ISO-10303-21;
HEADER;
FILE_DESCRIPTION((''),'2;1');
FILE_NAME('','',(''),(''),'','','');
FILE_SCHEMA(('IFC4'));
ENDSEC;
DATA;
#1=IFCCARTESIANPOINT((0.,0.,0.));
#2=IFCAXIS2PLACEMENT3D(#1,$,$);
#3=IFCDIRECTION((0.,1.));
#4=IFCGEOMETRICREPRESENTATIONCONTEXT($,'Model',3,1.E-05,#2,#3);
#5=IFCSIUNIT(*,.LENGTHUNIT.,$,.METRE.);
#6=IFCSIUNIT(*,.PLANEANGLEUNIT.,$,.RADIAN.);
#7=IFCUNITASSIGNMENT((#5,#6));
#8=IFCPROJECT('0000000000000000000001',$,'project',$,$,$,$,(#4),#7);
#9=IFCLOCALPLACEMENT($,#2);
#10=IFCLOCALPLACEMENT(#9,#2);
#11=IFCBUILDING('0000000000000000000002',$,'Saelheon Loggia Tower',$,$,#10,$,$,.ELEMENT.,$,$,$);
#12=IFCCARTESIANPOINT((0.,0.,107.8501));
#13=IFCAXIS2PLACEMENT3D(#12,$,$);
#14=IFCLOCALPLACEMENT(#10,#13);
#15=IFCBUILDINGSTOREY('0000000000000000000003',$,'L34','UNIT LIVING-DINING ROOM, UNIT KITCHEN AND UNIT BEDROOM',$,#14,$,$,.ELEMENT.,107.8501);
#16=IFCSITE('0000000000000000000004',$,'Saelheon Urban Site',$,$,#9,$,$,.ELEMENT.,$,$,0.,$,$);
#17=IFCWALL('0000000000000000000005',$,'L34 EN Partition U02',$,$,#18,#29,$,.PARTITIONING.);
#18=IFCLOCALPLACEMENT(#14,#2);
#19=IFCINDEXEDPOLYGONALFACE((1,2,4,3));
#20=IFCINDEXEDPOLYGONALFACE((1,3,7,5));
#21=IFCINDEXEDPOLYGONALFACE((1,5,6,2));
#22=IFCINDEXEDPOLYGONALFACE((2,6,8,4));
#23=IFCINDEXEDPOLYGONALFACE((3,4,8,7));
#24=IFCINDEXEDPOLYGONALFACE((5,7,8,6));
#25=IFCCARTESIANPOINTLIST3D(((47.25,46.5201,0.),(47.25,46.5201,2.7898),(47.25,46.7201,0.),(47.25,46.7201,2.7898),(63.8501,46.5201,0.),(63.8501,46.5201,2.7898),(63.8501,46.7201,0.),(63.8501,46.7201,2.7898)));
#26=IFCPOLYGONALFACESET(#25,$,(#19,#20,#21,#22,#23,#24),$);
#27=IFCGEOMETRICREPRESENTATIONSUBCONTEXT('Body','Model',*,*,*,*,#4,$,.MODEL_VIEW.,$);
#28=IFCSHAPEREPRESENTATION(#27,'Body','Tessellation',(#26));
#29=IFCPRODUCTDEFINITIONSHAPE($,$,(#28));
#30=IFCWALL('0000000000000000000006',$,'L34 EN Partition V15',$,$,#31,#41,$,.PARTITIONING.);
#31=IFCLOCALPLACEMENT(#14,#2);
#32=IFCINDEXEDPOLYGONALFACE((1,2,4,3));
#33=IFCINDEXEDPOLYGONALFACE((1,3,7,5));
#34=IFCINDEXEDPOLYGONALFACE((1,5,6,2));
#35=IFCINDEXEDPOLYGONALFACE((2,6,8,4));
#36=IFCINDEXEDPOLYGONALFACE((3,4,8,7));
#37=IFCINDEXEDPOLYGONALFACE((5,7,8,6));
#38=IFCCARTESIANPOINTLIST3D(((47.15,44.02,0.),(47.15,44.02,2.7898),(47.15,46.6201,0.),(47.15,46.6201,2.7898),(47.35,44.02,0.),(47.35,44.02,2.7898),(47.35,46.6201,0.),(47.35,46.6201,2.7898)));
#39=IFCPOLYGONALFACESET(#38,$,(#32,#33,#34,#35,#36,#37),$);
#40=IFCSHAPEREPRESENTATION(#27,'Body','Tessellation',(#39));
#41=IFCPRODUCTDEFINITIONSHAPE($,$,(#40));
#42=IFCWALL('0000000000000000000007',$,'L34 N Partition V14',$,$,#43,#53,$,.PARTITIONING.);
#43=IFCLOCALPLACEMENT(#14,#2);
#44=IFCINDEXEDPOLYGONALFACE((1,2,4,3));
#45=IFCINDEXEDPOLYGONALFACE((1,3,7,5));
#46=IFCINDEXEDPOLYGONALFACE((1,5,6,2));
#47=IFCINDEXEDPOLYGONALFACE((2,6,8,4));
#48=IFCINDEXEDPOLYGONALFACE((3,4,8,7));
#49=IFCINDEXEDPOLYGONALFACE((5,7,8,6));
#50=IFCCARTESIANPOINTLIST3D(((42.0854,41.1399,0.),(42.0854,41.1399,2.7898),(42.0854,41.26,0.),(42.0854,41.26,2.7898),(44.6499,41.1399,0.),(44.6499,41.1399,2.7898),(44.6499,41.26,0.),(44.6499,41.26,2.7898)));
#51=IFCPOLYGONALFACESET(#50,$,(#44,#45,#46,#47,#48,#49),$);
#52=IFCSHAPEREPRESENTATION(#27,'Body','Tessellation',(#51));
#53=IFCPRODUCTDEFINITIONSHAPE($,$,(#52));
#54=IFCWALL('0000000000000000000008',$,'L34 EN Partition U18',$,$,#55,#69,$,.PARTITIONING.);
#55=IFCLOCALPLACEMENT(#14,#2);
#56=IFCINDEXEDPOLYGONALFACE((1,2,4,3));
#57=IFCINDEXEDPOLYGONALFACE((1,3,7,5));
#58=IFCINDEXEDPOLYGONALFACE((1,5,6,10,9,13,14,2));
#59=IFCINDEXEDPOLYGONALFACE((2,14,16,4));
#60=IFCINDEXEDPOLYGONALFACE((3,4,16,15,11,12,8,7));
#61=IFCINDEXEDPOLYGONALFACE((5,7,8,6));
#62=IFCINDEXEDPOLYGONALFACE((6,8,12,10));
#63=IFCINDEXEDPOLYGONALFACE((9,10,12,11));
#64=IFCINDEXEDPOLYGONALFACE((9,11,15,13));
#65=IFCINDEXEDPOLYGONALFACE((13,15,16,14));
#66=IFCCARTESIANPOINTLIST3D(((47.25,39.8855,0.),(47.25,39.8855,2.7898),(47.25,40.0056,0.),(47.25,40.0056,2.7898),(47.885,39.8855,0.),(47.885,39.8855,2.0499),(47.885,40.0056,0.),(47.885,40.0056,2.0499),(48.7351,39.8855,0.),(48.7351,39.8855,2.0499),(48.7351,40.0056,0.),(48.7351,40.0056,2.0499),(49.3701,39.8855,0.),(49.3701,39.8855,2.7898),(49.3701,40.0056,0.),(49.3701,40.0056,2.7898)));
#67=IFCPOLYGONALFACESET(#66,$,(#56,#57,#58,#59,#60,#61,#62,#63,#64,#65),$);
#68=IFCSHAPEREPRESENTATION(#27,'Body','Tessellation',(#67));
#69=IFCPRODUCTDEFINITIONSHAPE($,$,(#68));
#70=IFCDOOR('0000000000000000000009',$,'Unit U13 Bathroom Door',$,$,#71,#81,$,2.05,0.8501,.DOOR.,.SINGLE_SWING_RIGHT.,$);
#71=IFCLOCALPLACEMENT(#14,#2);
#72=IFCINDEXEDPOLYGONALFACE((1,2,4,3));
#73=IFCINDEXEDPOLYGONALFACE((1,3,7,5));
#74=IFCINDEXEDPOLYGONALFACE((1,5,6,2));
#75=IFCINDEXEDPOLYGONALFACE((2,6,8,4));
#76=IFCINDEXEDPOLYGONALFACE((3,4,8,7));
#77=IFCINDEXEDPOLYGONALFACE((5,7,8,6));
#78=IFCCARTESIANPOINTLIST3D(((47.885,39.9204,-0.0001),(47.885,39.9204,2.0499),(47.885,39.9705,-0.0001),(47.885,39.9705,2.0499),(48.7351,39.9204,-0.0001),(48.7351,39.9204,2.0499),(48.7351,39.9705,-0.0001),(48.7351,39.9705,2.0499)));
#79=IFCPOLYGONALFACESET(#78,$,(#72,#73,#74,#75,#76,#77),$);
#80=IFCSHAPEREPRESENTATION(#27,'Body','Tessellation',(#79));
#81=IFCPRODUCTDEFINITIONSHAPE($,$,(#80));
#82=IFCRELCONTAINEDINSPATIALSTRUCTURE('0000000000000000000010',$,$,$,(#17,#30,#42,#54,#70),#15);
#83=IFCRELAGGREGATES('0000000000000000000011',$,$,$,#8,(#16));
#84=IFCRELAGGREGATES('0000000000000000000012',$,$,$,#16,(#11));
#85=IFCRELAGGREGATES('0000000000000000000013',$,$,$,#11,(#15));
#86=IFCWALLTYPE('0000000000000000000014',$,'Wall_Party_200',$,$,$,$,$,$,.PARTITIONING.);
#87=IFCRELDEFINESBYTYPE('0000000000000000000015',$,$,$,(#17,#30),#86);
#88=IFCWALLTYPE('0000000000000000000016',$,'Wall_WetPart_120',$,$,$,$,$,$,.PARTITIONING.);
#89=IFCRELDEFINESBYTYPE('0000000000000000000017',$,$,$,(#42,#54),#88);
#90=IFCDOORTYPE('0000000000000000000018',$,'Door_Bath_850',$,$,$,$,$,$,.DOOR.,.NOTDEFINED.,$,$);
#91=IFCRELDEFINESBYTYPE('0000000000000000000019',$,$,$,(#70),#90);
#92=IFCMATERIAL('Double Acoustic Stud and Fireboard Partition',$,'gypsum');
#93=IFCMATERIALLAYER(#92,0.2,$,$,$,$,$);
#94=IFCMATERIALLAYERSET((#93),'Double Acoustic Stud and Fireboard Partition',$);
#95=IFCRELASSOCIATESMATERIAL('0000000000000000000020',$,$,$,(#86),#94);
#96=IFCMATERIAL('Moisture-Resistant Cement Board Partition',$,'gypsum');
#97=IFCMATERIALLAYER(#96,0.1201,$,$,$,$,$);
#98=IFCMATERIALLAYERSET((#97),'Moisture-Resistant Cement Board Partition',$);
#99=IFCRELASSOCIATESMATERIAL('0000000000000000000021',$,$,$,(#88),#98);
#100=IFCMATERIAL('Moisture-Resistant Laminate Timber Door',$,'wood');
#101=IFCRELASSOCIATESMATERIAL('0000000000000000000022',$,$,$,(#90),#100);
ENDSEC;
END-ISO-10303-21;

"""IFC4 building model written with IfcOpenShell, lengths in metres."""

from ifc_helpers import new_model, si_unit, direction, frame, frame_2d, origin, place, context, subcontext, project, spatial, rectangle, extrude, source, transform, mapped, material, layer, layer_set, type_object, element, fill, save


model = new_model("IFC4")

# Units and contexts
model_context = context("Model", 3, precision=1e-05, world=origin(), true_north=direction((0.0, 1.0)))
body_context = subcontext(model_context, "Body", "Model", "MODEL_VIEW")
ifc_project = project(units=[si_unit("LENGTHUNIT", "METRE"), si_unit("PLANEANGLEUNIT", "RADIAN")], contexts=[model_context])

# Site, building, storey
site_placement = place(None, origin())
site = spatial("IfcSite", under=ifc_project, at=site_placement, Name="Saelheon Urban Site", CompositionType="ELEMENT", RefElevation=0.0)
building_placement = place(site_placement, origin())
building = spatial("IfcBuilding", under=site, at=building_placement, Name="Saelheon Loggia Tower", CompositionType="ELEMENT")
storey_placement = place(building_placement, frame((0.0, 0.0, 107.8501)))
storey = spatial("IfcBuildingStorey", under=building, at=storey_placement, Name="L34", Description="UNIT LIVING-DINING ROOM, UNIT KITCHEN AND UNIT BEDROOM", CompositionType="ELEMENT", Elevation=107.8501)

# Wall
ifc_material_1 = material(Name="Double Acoustic Stud and Fireboard Partition", Category="gypsum")
ifc_layer_1 = layer(ifc_material_1, 0.2)
ifc_layer_set_1 = layer_set([ifc_layer_1], Name="Double Acoustic Stud and Fireboard Partition")
wall_type_1 = type_object("IfcWallType", Name="Wall_Party_200", PredefinedType="PARTITIONING", material=ifc_layer_set_1)
wall_1_placement = place(storey_placement, frame((47.25, 46.6201, 0.0), z_axis=(0.0, 0.0, 1.0), x_axis=(1.0, 0.0, 0.0)))
element("IfcWall", 1, at=wall_1_placement, inside=storey, type_object=wall_type_1, Name="L34 EN Partition U02", PredefinedType="PARTITIONING", context=body_context, shape_type="SweptSolid", body=[
    extrude(rectangle(XDim=16.6001, YDim=0.2, at=frame_2d((8.3, 0.0))), origin(), (0.0, 0.0, 1.0), 2.7898),
])

# Walls
wall_2_placement = place(storey_placement, frame((47.25, 44.02, 0.0), z_axis=(0.0, 0.0, 1.0), x_axis=(0.0, 1.0, 0.0)))
element("IfcWall", 2, at=wall_2_placement, inside=storey, type_object=wall_type_1, Name="L34 EN Partition V15", PredefinedType="PARTITIONING", context=body_context, shape_type="SweptSolid", body=[
    extrude(rectangle(XDim=2.6001, YDim=0.2, at=frame_2d((1.3, 0.0))), origin(), (0.0, 0.0, 1.0), 2.7898),
])
ifc_material_2 = material(Name="Moisture-Resistant Cement Board Partition", Category="gypsum")
ifc_layer_2 = layer(ifc_material_2, 0.1201)
ifc_layer_set_2 = layer_set([ifc_layer_2], Name="Moisture-Resistant Cement Board Partition")
wall_type_2 = type_object("IfcWallType", Name="Wall_WetPart_120", PredefinedType="PARTITIONING", material=ifc_layer_set_2)
wall_3_placement = place(storey_placement, frame((42.0854, 41.2, 0.0), z_axis=(0.0, 0.0, 1.0), x_axis=(1.0, 0.0, 0.0)))
element("IfcWall", 3, at=wall_3_placement, inside=storey, type_object=wall_type_2, Name="L34 N Partition V14", PredefinedType="PARTITIONING", context=body_context, shape_type="SweptSolid", body=[
    extrude(rectangle(XDim=2.5645, YDim=0.1201, at=frame_2d((1.2822, 0.0))), origin(), (0.0, 0.0, 1.0), 2.7898),
])

# Wall, opening, door
wall_4_placement = place(storey_placement, frame((47.25, 39.9456, 0.0), z_axis=(0.0, 0.0, 1.0), x_axis=(1.0, 0.0, 0.0)))
wall_4 = element("IfcWall", 4, at=wall_4_placement, inside=storey, type_object=wall_type_2, Name="L34 EN Partition U18", PredefinedType="PARTITIONING", context=body_context, shape_type="SweptSolid", body=[
    extrude(rectangle(XDim=2.1201, YDim=0.1201, at=frame_2d((1.0601, 0.0))), origin(), (0.0, 0.0, 1.0), 2.7898),
])
opening_1_placement = place(wall_4_placement, frame((0.635, 0.0, 0.0)))
opening_1 = element("IfcOpeningElement", 5, at=opening_1_placement, cuts=wall_4, PredefinedType="OPENING", context=body_context, shape_type="SweptSolid", body=[
    extrude(rectangle(XDim=0.8501, YDim=2.05, at=frame_2d((0.425, 1.0249))), frame((0.0, 0.072, 0.0), z_axis=(0.0, -1.0, 0.0), x_axis=(1.0, 0.0, 0.0)), (0.0, 0.0, 1.0), 0.144),
])
ifc_material_3 = material(Name="Moisture-Resistant Laminate Timber Door", Category="wood")
door_type_1 = type_object("IfcDoorType", Name="Door_Bath_850", OperationType="NOTDEFINED", PredefinedType="DOOR", material=ifc_material_3)
shared_shape_1 = source(origin(), body_context, "Body", "SweptSolid", [
    extrude(rectangle(XDim=0.8501, YDim=2.05, at=frame_2d((0.425, 1.0249))), frame((0.0, 0.0249, 0.0), z_axis=(0.0, -1.0, 0.0), x_axis=(1.0, 0.0, 0.0)), (0.0, 0.0, 1.0), 0.05),
])
door_1_placement = place(opening_1_placement, origin())
door_1 = element("IfcDoor", 6, at=door_1_placement, inside=storey, type_object=door_type_1, Name="Unit U13 Bathroom Door", OperationType="SINGLE_SWING_RIGHT", OverallHeight=2.05, OverallWidth=0.8501, PredefinedType="DOOR", context=body_context, shape_type="MappedRepresentation", body=[
    mapped(shared_shape_1, transform((0.0, 0.0, 0.0), scale=1.0)),
])
fill(opening_1, door_1)

save(model, "model.ifc")
